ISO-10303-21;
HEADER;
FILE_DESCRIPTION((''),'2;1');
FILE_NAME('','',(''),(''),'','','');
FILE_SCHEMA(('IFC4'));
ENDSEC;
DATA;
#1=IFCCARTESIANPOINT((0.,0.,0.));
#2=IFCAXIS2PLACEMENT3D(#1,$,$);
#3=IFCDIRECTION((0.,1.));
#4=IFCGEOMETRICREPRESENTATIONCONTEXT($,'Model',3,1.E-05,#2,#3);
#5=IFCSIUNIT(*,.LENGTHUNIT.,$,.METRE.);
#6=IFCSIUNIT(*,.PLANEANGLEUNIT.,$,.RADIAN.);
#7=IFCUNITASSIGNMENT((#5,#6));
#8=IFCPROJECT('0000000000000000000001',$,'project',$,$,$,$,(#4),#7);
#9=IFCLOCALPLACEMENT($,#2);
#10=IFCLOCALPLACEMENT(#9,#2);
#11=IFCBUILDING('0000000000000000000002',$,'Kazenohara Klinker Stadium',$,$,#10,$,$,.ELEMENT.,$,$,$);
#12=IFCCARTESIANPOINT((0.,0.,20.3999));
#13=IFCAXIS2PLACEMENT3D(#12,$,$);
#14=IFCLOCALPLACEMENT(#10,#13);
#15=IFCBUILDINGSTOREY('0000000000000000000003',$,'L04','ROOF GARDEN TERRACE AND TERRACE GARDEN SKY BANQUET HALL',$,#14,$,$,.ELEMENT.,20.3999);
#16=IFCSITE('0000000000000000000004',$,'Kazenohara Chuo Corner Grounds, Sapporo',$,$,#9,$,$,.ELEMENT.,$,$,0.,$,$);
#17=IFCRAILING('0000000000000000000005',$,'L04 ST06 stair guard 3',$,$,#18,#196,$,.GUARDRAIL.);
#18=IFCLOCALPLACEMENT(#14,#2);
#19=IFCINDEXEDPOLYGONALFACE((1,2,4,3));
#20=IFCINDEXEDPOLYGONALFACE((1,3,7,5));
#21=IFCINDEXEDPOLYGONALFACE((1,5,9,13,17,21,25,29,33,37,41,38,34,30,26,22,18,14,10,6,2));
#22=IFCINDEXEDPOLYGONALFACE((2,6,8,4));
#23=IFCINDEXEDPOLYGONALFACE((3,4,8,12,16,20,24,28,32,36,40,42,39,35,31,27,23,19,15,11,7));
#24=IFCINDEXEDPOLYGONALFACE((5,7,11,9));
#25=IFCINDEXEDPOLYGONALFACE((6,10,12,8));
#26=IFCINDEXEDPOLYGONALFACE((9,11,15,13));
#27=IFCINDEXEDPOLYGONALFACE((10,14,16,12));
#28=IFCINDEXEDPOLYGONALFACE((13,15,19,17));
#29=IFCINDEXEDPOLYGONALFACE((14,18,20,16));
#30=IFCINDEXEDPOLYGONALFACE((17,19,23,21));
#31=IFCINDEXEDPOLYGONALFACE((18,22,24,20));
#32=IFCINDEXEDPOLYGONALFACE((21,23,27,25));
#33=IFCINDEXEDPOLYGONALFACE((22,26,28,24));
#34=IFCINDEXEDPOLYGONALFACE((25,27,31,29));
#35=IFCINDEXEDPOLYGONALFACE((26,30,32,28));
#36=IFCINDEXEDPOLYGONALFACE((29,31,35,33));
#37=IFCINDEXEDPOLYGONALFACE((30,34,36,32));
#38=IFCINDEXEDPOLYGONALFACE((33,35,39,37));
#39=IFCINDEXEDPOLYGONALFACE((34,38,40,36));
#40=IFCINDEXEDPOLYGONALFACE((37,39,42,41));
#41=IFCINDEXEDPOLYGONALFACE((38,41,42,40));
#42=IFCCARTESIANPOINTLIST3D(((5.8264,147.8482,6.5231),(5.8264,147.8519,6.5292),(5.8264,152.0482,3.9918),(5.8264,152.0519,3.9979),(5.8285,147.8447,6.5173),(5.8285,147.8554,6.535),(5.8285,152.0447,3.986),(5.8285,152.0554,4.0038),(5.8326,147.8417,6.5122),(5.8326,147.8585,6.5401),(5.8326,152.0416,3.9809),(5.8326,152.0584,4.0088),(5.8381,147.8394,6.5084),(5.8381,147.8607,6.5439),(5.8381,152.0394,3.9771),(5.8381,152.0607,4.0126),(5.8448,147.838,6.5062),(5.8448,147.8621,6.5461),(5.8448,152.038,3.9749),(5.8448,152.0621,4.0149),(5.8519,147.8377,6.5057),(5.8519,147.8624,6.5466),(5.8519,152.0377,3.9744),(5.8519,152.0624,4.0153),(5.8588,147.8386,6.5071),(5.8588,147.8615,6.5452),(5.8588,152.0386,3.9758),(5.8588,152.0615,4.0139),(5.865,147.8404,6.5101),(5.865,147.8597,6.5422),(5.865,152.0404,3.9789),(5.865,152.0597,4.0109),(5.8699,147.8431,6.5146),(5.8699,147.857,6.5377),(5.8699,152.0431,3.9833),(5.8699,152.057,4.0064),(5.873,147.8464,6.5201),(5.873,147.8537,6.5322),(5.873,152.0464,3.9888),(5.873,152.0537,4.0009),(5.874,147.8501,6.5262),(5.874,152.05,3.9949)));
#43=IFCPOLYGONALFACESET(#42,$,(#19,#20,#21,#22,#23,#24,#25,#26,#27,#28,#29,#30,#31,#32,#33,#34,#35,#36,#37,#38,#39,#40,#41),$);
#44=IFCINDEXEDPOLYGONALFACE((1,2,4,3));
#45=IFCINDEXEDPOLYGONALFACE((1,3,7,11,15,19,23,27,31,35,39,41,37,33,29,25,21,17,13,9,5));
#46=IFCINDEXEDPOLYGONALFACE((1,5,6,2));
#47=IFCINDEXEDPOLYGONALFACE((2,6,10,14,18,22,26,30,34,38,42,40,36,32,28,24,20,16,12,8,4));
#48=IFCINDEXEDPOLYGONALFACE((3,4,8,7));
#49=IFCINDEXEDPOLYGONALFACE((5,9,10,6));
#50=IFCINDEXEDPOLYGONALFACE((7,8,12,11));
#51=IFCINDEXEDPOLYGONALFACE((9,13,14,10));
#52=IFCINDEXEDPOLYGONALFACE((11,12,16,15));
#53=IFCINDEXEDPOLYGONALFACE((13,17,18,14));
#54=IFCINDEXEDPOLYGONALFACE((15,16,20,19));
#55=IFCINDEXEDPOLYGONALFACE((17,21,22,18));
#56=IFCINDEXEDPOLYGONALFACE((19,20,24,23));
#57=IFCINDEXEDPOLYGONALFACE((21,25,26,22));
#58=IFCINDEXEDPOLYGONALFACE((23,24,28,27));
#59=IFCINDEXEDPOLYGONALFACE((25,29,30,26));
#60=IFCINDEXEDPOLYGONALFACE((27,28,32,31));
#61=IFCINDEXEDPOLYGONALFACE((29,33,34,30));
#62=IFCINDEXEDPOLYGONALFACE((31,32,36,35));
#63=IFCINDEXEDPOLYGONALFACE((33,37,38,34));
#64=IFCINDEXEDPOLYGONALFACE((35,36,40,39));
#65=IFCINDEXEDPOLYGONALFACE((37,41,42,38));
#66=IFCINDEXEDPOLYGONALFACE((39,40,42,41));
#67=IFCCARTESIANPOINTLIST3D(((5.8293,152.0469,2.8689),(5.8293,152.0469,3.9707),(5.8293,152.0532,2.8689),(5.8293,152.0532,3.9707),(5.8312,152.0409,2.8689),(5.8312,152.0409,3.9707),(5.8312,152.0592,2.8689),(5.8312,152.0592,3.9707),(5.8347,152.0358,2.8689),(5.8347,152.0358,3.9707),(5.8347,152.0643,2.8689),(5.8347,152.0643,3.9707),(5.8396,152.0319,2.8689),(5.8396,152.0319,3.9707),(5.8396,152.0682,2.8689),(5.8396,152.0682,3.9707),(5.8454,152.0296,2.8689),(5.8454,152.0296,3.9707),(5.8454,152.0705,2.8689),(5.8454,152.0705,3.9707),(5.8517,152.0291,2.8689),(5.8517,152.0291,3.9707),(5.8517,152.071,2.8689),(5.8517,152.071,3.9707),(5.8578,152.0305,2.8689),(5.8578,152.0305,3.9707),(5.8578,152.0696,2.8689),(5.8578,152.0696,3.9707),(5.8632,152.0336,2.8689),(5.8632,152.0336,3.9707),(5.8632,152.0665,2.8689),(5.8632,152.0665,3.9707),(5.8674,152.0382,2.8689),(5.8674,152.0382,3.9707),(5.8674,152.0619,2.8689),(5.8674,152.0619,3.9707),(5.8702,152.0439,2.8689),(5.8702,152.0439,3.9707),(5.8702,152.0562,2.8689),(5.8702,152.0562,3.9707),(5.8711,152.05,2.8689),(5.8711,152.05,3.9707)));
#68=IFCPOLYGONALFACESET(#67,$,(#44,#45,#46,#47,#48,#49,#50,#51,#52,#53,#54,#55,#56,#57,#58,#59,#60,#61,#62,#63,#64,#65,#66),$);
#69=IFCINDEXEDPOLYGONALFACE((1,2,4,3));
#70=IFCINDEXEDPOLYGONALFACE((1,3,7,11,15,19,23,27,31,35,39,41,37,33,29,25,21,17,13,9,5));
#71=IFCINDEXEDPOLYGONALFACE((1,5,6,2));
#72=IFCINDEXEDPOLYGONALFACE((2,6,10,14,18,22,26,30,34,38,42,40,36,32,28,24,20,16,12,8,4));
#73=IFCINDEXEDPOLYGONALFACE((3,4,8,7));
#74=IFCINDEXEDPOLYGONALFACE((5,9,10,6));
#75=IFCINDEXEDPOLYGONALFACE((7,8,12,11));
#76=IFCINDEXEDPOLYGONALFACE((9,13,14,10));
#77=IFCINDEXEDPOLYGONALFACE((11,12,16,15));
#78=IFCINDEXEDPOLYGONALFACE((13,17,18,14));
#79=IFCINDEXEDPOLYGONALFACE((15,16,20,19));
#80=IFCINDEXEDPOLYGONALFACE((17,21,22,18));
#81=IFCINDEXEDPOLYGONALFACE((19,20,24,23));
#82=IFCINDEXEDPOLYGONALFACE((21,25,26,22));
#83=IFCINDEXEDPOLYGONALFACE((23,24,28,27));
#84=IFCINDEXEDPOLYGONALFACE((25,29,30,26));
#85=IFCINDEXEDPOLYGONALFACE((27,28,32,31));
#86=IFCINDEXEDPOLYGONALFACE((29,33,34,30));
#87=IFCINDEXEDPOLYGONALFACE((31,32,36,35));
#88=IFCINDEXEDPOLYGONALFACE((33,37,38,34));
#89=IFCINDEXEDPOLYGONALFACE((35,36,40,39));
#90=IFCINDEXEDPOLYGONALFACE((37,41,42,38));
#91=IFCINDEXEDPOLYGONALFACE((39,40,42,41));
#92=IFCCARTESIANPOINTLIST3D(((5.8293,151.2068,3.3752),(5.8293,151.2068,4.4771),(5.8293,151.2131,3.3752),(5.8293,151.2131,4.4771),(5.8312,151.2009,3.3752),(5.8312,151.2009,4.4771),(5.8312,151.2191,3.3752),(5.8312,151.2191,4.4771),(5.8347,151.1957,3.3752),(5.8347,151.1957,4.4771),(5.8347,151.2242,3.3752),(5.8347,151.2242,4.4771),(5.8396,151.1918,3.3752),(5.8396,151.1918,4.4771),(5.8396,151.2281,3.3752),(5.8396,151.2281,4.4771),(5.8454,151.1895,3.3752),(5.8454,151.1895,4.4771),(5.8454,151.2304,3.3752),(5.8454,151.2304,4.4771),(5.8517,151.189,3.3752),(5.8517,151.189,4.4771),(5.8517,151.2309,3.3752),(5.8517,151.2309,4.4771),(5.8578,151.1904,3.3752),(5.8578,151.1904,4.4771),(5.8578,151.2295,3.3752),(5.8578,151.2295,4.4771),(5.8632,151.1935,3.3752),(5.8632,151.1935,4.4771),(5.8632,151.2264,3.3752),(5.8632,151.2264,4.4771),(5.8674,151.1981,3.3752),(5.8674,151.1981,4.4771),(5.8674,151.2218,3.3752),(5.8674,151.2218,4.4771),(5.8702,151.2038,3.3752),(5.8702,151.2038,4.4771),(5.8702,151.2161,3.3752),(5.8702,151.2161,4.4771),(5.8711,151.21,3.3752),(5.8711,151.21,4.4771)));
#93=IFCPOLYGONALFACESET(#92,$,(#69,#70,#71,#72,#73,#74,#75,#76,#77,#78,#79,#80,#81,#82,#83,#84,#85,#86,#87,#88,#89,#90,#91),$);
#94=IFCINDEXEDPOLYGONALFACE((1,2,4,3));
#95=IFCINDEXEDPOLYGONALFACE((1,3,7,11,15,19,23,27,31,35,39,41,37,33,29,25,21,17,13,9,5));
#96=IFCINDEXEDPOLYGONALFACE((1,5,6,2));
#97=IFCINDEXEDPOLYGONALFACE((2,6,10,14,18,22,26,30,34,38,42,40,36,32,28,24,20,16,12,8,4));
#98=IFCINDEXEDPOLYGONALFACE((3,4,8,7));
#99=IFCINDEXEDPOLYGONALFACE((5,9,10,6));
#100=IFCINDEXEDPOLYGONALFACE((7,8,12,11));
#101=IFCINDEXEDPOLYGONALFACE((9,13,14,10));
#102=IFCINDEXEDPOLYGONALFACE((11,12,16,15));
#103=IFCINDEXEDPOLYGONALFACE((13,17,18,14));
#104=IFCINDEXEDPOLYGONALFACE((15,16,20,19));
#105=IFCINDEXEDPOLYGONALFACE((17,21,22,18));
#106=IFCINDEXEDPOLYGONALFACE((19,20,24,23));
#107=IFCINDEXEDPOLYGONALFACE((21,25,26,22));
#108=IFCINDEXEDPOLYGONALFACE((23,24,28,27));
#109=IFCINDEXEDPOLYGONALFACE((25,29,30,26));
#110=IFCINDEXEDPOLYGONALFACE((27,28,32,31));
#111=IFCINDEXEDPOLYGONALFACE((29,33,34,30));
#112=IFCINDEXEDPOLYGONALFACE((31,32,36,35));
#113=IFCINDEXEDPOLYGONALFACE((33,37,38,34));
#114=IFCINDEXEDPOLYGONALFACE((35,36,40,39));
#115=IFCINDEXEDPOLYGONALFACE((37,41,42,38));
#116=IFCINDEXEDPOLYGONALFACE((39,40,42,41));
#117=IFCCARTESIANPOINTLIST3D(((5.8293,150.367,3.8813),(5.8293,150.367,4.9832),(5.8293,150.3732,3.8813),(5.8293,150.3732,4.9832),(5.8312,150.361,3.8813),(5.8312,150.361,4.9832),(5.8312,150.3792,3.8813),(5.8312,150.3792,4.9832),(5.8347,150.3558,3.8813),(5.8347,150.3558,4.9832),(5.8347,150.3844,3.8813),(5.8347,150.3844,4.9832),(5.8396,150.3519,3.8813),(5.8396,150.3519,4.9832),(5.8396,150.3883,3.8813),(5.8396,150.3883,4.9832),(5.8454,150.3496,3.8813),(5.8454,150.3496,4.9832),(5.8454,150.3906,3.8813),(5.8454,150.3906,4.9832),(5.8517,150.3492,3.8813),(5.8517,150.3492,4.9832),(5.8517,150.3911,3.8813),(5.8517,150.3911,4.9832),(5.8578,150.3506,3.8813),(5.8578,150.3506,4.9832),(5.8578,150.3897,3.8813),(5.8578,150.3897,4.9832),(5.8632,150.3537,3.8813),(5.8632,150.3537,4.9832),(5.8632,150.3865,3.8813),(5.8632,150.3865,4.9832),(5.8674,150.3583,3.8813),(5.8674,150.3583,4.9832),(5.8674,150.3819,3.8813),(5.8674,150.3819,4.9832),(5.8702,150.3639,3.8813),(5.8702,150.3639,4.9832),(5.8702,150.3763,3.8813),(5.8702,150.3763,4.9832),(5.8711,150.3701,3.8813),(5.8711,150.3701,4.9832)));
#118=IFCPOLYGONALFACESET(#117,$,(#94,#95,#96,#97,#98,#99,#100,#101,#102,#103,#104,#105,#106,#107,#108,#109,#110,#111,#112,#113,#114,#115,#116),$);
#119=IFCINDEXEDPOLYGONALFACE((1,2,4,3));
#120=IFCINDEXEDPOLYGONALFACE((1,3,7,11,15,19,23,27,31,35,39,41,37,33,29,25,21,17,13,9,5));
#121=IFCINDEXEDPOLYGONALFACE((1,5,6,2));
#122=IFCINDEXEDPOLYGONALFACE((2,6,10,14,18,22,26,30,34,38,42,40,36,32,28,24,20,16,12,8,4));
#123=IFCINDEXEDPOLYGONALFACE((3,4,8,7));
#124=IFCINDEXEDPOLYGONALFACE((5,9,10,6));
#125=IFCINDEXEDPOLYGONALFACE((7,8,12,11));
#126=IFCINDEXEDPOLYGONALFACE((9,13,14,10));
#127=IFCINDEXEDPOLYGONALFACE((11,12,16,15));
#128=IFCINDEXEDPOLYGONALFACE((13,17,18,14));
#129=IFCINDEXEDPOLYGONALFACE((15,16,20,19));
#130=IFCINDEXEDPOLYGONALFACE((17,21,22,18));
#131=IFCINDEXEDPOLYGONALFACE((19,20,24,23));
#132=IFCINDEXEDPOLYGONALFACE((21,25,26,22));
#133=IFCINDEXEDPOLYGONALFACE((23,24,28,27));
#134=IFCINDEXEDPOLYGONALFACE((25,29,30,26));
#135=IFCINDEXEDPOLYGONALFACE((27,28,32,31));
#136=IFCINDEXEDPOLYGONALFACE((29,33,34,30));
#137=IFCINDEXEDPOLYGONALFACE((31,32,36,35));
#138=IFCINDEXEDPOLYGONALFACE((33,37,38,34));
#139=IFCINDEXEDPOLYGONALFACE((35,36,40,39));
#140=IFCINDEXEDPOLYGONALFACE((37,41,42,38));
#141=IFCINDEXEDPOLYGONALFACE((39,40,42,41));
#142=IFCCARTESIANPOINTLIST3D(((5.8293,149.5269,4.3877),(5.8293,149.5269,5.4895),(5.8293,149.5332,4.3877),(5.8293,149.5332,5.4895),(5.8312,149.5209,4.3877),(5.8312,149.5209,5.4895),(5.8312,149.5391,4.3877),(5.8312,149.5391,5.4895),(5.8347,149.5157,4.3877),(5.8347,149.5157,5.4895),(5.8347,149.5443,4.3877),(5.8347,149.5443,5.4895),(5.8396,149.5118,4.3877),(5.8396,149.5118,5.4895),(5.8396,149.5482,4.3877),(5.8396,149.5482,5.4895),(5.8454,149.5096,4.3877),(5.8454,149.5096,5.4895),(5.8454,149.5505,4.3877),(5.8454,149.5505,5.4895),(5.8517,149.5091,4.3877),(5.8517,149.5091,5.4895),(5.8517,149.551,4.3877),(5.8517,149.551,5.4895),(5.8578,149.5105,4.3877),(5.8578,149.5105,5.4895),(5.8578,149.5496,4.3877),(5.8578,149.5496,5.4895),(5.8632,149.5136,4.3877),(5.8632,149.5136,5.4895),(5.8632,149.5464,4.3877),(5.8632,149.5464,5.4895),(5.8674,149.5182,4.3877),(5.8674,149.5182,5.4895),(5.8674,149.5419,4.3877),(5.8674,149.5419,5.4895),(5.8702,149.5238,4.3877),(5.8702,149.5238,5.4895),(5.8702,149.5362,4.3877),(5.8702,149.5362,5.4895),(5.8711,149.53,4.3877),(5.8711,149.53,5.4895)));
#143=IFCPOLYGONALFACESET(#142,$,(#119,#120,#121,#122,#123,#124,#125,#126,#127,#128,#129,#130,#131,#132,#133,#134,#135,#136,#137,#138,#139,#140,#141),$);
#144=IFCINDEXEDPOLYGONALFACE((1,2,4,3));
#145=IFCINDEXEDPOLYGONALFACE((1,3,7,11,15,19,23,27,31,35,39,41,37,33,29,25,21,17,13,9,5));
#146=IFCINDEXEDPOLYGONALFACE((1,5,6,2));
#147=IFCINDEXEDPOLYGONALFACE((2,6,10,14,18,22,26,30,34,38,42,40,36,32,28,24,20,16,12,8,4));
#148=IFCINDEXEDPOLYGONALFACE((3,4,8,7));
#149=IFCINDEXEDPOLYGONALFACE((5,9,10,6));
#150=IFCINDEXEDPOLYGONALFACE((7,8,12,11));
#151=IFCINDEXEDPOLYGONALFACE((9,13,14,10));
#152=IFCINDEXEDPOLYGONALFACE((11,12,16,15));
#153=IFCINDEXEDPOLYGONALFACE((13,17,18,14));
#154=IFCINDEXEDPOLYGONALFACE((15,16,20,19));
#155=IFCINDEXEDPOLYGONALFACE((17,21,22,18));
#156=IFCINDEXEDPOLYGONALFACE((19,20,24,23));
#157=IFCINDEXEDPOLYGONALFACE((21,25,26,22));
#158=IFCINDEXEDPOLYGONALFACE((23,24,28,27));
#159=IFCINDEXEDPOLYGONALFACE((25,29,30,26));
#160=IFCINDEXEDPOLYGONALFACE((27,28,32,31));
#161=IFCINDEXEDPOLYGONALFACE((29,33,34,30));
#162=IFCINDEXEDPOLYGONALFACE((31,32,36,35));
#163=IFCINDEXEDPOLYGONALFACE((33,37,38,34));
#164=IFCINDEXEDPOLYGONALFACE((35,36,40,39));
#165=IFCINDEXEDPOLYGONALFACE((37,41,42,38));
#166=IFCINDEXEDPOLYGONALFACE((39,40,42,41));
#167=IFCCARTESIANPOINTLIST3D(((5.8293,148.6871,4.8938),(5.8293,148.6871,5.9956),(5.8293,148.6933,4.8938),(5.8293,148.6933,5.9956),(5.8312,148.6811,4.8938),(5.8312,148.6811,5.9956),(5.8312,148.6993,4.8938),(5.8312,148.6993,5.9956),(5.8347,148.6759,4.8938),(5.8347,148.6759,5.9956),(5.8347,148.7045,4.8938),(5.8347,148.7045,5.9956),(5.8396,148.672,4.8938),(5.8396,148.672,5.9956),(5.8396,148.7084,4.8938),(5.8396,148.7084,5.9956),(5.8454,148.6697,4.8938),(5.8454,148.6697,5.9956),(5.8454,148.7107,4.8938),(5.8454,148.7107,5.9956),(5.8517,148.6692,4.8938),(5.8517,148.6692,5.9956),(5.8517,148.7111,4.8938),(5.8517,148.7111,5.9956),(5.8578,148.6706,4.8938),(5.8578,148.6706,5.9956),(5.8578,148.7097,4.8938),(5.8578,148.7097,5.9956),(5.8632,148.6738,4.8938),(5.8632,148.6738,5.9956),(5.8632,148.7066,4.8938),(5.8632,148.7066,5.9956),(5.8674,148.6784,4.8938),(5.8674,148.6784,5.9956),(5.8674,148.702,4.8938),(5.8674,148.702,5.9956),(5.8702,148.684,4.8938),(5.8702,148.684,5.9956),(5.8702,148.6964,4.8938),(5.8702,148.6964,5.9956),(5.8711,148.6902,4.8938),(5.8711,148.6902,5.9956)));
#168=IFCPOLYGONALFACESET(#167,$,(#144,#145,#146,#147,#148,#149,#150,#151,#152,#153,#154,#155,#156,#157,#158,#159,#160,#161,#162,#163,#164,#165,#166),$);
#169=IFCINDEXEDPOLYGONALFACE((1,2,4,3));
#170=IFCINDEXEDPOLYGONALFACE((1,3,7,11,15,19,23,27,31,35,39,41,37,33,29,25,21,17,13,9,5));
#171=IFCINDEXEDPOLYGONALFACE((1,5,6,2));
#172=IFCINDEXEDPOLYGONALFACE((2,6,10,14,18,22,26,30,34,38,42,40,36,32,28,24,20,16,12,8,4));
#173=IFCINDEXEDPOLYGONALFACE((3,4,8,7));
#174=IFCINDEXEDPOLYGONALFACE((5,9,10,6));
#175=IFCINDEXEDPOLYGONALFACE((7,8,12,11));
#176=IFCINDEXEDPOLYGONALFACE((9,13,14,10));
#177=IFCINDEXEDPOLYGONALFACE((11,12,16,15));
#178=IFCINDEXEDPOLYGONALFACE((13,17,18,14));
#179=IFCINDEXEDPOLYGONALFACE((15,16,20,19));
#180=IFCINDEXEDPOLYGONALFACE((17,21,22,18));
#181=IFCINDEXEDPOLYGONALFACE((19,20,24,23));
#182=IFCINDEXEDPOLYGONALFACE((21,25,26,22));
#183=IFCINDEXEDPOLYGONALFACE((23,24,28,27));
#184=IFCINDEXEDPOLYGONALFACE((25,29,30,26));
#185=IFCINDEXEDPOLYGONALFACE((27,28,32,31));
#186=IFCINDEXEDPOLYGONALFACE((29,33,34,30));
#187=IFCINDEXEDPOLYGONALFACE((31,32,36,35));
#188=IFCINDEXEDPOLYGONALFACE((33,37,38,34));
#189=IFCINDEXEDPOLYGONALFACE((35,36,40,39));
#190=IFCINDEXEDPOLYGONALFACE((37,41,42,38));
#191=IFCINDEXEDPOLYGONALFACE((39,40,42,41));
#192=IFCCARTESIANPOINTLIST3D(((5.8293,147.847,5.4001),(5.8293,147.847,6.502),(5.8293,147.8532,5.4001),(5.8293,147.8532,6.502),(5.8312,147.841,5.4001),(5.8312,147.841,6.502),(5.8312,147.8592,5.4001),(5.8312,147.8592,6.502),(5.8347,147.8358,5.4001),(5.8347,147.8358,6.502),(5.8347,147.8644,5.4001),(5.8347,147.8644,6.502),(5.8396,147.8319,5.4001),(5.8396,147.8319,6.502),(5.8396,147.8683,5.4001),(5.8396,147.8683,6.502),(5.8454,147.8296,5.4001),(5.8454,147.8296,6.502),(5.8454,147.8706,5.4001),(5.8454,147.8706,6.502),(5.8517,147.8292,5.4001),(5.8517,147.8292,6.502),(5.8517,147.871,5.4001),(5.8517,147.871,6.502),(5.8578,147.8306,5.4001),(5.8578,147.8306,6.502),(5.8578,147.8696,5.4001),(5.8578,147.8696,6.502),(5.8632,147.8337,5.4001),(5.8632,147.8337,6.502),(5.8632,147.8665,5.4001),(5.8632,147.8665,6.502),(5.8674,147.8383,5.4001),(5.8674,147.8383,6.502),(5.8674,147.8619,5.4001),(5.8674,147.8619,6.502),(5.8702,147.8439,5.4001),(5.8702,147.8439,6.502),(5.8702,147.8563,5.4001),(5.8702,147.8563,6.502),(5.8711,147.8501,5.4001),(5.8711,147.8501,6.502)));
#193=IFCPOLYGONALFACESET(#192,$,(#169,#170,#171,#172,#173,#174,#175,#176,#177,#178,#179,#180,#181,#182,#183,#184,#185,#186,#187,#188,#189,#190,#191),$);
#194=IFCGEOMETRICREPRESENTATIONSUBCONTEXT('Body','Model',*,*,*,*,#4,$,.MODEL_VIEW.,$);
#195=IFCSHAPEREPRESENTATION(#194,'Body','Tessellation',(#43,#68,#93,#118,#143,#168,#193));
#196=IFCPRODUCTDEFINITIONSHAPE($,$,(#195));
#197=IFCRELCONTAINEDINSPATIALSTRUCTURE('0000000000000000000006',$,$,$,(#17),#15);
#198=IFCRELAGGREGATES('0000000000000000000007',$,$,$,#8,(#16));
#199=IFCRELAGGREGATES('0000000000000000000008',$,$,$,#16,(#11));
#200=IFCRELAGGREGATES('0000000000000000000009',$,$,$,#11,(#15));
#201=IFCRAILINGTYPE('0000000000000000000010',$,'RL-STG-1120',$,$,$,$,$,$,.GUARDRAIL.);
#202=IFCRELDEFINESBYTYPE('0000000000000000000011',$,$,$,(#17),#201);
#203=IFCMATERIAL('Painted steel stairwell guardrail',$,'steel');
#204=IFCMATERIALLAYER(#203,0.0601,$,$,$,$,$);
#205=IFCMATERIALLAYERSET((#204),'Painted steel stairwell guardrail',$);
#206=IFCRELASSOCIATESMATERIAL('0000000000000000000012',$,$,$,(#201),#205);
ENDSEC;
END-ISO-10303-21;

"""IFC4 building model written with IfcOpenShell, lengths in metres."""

from ifc_helpers import new_model, si_unit, direction, frame, origin, origin_2d, place, context, subcontext, project, spatial, circle, extrude, material, layer, layer_set, type_object, element, save


model = new_model("IFC4")

# Units and contexts
model_context = context("Model", 3, precision=1e-05, world=origin(), true_north=direction((0.0, 1.0)))
body_context = subcontext(model_context, "Body", "Model", "MODEL_VIEW")
ifc_project = project(units=[si_unit("LENGTHUNIT", "METRE"), si_unit("PLANEANGLEUNIT", "RADIAN")], contexts=[model_context])

# Site, building, storey
site_placement = place(None, origin())
site = spatial("IfcSite", under=ifc_project, at=site_placement, Name="Kazenohara Chuo Corner Grounds, Sapporo", CompositionType="ELEMENT", RefElevation=0.0)
building_placement = place(site_placement, origin())
building = spatial("IfcBuilding", under=site, at=building_placement, Name="Kazenohara Klinker Stadium", CompositionType="ELEMENT")
storey_placement = place(building_placement, frame((0.0, 0.0, 20.3999)))
storey = spatial("IfcBuildingStorey", under=building, at=storey_placement, Name="L04", Description="ROOF GARDEN TERRACE AND TERRACE GARDEN SKY BANQUET HALL", CompositionType="ELEMENT", Elevation=20.3999)

# Railing
ifc_material_1 = material(Name="Painted steel stairwell guardrail", Category="steel")
ifc_layer_1 = layer(ifc_material_1, 0.0601)
ifc_layer_set_1 = layer_set([ifc_layer_1], Name="Painted steel stairwell guardrail")
railing_type_1 = type_object("IfcRailingType", Name="RL-STG-1120", PredefinedType="GUARDRAIL", material=ifc_layer_set_1)
railing_1_placement = place(storey_placement, frame((5.8501, 152.05, 2.8689)))
element("IfcRailing", 1, at=railing_1_placement, inside=storey, type_object=railing_type_1, Name="L04 ST06 stair guard 3", PredefinedType="GUARDRAIL", context=body_context, shape_type="SweptSolid", body=[
    extrude(circle(Radius=0.0239, at=origin_2d()), frame((0.0, 0.0, 1.126), z_axis=(0.0, -0.856476, 0.516186), x_axis=(1.0, 0.0, 0.0)), (0.0, 0.0, 1.0), 4.9038),
    extrude(circle(Radius=0.021, at=origin_2d()), origin(), (0.0, 0.0, 1.0), 1.1018),
    extrude(circle(Radius=0.021, at=origin_2d()), frame((0.0, -0.8401, 0.5063)), (0.0, 0.0, 1.0), 1.1018),
    extrude(circle(Radius=0.021, at=origin_2d()), frame((0.0, -1.6799, 1.0125)), (0.0, 0.0, 1.0), 1.1018),
    extrude(circle(Radius=0.021, at=origin_2d()), frame((0.0, -2.52, 1.5188)), (0.0, 0.0, 1.0), 1.1018),
    extrude(circle(Radius=0.021, at=origin_2d()), frame((0.0, -3.3599, 2.0249)), (0.0, 0.0, 1.0), 1.1018),
    extrude(circle(Radius=0.021, at=origin_2d()), frame((0.0, -4.2, 2.5312)), (0.0, 0.0, 1.0), 1.1018),
])

save(model, "model.ifc")
